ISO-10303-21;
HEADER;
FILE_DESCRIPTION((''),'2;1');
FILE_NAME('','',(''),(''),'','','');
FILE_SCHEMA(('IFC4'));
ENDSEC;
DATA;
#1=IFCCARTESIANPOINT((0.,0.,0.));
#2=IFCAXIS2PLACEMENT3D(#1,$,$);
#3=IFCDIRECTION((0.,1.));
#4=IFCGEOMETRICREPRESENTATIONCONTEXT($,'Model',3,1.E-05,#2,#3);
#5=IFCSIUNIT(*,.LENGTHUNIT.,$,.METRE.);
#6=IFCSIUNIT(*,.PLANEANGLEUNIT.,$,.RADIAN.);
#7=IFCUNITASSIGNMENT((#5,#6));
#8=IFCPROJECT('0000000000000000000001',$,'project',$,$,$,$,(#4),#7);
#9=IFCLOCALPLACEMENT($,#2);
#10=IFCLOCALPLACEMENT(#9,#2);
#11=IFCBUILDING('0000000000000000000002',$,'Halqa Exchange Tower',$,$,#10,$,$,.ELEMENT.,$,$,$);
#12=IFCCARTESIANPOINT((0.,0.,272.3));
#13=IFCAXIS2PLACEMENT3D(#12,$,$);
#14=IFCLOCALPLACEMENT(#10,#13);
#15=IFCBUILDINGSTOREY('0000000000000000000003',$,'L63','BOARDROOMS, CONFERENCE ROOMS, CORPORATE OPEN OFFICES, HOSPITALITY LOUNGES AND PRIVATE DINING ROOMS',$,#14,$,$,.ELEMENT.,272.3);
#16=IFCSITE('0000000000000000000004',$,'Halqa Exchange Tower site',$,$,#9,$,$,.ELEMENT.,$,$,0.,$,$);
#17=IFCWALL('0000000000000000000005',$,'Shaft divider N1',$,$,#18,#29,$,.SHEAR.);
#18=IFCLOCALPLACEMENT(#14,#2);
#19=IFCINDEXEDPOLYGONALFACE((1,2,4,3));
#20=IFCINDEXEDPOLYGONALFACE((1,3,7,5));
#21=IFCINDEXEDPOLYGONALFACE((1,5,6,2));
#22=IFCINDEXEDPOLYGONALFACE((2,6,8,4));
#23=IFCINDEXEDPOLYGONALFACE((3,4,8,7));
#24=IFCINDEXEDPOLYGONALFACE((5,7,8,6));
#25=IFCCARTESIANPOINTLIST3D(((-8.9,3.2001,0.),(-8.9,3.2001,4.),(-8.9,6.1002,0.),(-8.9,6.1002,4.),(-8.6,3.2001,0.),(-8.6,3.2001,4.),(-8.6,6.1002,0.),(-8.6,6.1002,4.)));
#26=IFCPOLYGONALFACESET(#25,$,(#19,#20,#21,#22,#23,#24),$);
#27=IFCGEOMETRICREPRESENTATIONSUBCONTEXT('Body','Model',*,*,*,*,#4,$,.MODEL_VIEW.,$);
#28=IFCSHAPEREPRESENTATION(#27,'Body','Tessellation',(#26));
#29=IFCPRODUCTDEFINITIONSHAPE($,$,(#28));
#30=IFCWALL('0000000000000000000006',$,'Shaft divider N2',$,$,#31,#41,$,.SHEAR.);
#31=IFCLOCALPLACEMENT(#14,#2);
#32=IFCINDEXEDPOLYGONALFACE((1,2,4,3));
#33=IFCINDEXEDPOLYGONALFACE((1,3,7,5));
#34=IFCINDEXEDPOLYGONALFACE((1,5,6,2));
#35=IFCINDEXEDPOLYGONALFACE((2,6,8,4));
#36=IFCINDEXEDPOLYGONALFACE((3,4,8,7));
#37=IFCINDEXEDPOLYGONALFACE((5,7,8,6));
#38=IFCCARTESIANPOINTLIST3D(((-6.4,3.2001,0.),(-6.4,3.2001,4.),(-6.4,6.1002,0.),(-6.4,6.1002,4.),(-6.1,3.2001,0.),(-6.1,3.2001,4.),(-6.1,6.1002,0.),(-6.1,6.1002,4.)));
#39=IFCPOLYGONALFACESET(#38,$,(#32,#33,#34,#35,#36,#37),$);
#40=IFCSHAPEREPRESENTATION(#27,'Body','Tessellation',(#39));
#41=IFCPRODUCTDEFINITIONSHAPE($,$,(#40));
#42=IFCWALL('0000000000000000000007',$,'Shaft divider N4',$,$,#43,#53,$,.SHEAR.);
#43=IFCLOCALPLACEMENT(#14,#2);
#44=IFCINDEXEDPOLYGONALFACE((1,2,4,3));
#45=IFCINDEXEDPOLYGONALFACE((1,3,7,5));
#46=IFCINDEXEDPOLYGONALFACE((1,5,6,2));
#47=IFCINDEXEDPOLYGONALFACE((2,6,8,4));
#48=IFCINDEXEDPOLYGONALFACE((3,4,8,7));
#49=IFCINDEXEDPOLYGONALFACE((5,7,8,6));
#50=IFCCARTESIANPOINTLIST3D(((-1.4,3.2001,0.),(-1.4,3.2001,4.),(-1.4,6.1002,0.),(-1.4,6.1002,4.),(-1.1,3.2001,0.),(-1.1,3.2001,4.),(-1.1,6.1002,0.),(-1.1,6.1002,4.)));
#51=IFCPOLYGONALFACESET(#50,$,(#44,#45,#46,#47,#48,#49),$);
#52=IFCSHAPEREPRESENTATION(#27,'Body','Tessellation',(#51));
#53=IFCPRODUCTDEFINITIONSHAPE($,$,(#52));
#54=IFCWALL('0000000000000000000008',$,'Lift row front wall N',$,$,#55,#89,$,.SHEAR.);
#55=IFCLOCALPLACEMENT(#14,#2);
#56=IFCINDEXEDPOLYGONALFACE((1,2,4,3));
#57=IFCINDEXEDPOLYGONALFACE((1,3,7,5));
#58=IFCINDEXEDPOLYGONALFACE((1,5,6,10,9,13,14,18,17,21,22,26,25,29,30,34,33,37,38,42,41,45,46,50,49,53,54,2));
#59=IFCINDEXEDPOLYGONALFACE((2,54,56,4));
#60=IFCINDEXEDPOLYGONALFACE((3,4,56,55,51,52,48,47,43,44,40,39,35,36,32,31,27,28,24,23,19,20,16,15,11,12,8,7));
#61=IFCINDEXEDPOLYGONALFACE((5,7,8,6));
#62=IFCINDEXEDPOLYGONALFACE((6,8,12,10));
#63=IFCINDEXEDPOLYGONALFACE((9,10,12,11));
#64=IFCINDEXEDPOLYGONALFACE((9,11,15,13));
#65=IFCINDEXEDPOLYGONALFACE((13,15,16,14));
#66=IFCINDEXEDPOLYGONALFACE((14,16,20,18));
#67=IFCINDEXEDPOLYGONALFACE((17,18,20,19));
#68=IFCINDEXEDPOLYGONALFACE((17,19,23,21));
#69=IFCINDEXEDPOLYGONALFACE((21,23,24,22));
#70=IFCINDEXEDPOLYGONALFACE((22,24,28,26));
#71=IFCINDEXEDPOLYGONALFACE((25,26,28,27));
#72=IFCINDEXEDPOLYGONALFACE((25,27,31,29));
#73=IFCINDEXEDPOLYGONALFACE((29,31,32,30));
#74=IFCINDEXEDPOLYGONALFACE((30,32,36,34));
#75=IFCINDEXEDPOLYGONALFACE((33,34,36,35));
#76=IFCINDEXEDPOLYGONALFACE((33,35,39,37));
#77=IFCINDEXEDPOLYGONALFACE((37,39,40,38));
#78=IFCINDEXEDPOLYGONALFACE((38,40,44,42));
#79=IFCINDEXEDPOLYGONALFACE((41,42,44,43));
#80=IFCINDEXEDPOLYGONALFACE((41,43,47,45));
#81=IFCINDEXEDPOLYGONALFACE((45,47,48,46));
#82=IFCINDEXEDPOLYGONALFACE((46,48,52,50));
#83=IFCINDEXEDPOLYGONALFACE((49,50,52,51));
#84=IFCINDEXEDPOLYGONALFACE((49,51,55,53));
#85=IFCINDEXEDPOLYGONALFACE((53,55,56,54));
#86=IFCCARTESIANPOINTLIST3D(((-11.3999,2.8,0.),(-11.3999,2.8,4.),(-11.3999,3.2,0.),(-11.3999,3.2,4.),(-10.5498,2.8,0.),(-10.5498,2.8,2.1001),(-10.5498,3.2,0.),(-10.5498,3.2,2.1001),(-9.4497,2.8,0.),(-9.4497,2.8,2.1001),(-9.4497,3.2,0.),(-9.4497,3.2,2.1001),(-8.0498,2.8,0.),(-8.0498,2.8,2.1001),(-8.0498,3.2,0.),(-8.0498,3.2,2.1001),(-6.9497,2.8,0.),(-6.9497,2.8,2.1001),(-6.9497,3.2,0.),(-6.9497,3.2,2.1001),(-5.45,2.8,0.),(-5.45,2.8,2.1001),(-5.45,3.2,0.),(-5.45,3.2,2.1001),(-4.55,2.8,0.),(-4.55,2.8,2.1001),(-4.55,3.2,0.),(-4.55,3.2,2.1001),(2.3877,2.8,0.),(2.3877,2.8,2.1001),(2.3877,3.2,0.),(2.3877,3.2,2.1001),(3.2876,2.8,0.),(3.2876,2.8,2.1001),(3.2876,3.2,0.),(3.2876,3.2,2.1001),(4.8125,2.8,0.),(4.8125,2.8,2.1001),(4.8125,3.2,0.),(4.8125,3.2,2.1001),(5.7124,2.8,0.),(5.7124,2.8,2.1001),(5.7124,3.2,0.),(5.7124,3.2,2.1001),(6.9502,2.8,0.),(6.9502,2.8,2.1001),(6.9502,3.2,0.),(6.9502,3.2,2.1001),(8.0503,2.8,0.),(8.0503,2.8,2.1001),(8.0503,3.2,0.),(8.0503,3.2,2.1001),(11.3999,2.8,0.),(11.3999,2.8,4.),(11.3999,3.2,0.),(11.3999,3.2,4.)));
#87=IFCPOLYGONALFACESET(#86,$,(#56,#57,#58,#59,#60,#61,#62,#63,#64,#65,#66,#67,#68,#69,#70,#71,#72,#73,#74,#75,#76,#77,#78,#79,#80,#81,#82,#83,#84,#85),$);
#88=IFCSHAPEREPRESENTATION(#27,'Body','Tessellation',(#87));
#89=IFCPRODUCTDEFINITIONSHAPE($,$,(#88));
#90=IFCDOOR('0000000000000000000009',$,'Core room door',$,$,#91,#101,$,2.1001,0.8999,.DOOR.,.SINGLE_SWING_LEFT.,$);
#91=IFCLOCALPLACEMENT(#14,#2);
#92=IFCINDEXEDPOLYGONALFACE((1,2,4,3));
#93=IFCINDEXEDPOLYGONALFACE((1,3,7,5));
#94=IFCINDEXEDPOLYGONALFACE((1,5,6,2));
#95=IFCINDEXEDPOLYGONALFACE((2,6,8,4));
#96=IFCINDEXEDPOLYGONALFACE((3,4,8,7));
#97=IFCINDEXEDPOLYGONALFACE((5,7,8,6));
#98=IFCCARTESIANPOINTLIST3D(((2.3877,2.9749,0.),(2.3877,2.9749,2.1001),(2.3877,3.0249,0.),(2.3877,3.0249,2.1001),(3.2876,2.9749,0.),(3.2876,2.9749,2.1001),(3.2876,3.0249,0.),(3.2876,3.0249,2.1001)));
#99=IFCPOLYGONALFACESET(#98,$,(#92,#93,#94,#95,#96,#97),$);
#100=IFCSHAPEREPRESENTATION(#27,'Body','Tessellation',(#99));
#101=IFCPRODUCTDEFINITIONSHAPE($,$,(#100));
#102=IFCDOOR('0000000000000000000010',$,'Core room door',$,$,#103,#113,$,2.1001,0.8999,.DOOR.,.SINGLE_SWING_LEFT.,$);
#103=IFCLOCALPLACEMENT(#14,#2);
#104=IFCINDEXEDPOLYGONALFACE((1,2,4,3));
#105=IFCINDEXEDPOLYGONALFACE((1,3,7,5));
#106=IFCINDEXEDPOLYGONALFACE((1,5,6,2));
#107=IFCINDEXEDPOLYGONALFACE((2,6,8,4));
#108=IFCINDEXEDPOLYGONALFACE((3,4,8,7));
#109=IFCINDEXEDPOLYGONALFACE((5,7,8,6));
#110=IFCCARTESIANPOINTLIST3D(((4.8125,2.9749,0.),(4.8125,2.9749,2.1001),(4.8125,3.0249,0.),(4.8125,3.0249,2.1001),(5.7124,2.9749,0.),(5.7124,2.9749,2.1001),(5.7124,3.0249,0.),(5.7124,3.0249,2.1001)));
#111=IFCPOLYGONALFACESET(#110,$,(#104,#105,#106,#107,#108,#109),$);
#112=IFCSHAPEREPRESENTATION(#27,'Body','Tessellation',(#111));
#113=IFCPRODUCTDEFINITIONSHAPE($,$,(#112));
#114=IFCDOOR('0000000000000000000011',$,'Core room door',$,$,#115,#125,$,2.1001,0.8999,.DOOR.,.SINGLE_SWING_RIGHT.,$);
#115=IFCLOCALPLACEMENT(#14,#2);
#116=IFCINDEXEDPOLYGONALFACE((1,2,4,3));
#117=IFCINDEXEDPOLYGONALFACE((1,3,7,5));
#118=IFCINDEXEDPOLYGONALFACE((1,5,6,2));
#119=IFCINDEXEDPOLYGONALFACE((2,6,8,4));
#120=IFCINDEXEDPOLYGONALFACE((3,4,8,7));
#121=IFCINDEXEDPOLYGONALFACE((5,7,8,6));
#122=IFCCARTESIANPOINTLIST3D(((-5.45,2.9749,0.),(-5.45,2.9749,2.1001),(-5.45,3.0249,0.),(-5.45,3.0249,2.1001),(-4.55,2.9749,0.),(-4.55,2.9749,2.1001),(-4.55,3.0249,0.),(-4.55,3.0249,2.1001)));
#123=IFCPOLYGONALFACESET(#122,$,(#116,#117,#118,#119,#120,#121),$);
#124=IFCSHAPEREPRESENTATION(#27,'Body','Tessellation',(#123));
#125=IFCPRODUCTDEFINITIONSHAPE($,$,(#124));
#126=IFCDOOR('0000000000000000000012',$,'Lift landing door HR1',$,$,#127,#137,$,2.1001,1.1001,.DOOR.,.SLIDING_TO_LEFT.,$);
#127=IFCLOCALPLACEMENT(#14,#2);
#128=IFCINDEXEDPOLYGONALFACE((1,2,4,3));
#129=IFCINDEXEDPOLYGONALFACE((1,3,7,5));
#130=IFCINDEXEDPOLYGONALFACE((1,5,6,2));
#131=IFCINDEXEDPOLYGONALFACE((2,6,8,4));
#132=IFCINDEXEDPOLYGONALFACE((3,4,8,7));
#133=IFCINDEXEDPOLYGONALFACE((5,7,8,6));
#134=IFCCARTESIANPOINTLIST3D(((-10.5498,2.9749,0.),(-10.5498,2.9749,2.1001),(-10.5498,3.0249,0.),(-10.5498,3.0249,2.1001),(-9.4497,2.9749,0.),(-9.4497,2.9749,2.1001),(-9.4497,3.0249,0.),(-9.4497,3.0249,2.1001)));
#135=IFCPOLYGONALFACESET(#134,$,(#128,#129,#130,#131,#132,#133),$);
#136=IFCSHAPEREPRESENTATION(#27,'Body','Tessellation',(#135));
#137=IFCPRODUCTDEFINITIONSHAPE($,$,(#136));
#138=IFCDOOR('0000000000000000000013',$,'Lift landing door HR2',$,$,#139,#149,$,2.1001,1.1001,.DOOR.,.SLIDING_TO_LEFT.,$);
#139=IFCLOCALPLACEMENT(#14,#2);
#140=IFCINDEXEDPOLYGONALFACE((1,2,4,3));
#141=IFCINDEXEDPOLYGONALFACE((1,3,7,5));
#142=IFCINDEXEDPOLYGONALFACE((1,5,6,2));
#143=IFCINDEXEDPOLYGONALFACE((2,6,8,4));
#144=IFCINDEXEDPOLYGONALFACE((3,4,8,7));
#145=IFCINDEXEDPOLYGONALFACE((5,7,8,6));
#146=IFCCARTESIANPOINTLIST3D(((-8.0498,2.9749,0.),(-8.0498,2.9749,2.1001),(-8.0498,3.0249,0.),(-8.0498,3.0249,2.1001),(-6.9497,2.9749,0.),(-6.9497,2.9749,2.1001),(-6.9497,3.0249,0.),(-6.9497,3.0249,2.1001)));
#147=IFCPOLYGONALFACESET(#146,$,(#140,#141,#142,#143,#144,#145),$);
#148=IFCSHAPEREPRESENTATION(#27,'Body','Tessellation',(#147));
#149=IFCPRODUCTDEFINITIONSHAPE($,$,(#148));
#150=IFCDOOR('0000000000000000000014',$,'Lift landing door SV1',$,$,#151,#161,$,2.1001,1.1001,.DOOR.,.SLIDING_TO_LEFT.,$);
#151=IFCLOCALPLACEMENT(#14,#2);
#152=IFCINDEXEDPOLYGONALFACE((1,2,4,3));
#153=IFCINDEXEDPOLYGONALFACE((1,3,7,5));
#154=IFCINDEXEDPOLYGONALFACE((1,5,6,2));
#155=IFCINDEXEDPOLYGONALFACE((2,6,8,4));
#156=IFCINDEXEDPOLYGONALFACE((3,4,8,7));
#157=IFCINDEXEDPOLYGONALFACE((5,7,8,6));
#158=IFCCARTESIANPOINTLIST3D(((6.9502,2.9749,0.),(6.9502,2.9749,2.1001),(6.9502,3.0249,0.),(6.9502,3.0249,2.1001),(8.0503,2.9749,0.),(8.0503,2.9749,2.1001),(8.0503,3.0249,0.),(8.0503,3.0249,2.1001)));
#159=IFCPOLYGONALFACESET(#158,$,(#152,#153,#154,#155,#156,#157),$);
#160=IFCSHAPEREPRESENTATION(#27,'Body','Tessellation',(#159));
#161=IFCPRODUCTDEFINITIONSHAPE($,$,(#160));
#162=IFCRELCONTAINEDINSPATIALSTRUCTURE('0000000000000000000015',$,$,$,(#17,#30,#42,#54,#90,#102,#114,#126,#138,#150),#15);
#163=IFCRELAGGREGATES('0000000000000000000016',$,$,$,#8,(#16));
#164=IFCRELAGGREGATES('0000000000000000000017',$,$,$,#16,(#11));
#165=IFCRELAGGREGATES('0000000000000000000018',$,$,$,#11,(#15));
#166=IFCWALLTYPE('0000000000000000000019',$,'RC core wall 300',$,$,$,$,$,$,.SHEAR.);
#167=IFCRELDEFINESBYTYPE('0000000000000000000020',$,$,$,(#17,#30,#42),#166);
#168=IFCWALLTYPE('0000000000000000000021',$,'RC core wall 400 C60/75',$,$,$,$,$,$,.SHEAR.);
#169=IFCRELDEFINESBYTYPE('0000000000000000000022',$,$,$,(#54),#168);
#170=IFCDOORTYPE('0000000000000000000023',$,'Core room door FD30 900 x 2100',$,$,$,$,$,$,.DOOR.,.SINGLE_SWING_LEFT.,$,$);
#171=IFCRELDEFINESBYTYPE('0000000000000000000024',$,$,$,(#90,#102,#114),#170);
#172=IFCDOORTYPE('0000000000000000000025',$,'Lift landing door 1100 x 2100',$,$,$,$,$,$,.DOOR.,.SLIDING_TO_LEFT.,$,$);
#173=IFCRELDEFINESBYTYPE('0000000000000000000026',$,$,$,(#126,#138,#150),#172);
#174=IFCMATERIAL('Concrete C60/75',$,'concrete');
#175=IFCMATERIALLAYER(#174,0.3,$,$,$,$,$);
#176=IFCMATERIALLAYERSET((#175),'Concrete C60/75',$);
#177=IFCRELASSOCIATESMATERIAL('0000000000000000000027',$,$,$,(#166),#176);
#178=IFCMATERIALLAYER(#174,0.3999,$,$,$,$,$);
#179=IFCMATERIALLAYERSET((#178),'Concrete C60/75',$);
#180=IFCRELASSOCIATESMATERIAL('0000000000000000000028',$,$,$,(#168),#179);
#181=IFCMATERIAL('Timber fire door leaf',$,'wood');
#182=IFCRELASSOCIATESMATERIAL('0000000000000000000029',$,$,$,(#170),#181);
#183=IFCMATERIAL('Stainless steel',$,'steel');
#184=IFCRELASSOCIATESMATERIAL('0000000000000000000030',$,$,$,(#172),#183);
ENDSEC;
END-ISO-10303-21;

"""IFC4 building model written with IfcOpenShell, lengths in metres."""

from ifc_helpers import new_model, si_unit, direction, frame, frame_2d, origin, place, context, subcontext, project, spatial, rectangle, extrude, material, layer, layer_set, type_object, element, fill, save


model = new_model("IFC4")

# Units and contexts
model_context = context("Model", 3, precision=1e-05, world=origin(), true_north=direction((0.0, 1.0)))
body_context = subcontext(model_context, "Body", "Model", "MODEL_VIEW")
ifc_project = project(units=[si_unit("LENGTHUNIT", "METRE"), si_unit("PLANEANGLEUNIT", "RADIAN")], contexts=[model_context])

# Site, building, storey
site_placement = place(None, origin())
site = spatial("IfcSite", under=ifc_project, at=site_placement, Name="Halqa Exchange Tower site", CompositionType="ELEMENT", RefElevation=0.0)
building_placement = place(site_placement, origin())
building = spatial("IfcBuilding", under=site, at=building_placement, Name="Halqa Exchange Tower", CompositionType="ELEMENT")
storey_placement = place(building_placement, frame((0.0, 0.0, 272.3)))
storey = spatial("IfcBuildingStorey", under=building, at=storey_placement, Name="L63", Description="BOARDROOMS, CONFERENCE ROOMS, CORPORATE OPEN OFFICES, HOSPITALITY LOUNGES AND PRIVATE DINING ROOMS", CompositionType="ELEMENT", Elevation=272.3)

# Walls
ifc_material_1 = material(Name="Concrete C60/75", Category="concrete")
ifc_layer_1 = layer(ifc_material_1, 0.3)
ifc_layer_set_1 = layer_set([ifc_layer_1], Name="Concrete C60/75")
wall_type_1 = type_object("IfcWallType", Name="RC core wall 300", PredefinedType="SHEAR", material=ifc_layer_set_1)
for number, where, z_axis, x_axis, name in (
    (1, (-8.75, 3.2, 0.0), (0.0, 0.0, 1.0), (0.0, 1.0, 0.0), "Shaft divider N1"),
    (2, (-6.25, 3.2, 0.0), (0.0, 0.0, 1.0), (0.0, 1.0, 0.0), "Shaft divider N2"),
    (3, (-1.25, 3.2, 0.0), (0.0, 0.0, 1.0), (0.0, 1.0, 0.0), "Shaft divider N4"),
):
    element("IfcWall", number, at=place(storey_placement, frame(where, z_axis=z_axis, x_axis=x_axis)), inside=storey, type_object=wall_type_1, Name=name, PredefinedType="SHEAR", context=body_context, shape_type="SweptSolid", body=[
        extrude(rectangle(XDim=2.9001, YDim=0.3, at=frame_2d((1.4502, 0.0))), origin(), (0.0, 0.0, 1.0), 4.0),
    ])

# Wall, openings, doors
ifc_layer_2 = layer(ifc_material_1, 0.3999)
ifc_layer_set_2 = layer_set([ifc_layer_2], Name="Concrete C60/75")
wall_type_2 = type_object("IfcWallType", Name="RC core wall 400 C60/75", PredefinedType="SHEAR", material=ifc_layer_set_2)
wall_1_placement = place(storey_placement, frame((-11.3999, 3.0, 0.0), z_axis=(0.0, 0.0, 1.0), x_axis=(1.0, 0.0, 0.0)))
wall_1 = element("IfcWall", 4, at=wall_1_placement, inside=storey, type_object=wall_type_2, Name="Lift row front wall N", PredefinedType="SHEAR", context=body_context, shape_type="SweptSolid", body=[
    extrude(rectangle(XDim=22.7998, YDim=0.3999, at=frame_2d((11.3999, 0.0))), origin(), (0.0, 0.0, 1.0), 4.0),
])
opening_1_placement = place(wall_1_placement, frame((0.8501, 0.0, 0.0)))
opening_1 = element("IfcOpeningElement", 5, at=opening_1_placement, cuts=wall_1, PredefinedType="OPENING", context=body_context, shape_type="SweptSolid", body=[
    extrude(rectangle(XDim=1.1001, YDim=2.1001, at=frame_2d((0.55, 1.05))), frame((0.0, 0.2119, 0.0), z_axis=(0.0, -1.0, 0.0), x_axis=(1.0, 0.0, 0.0)), (0.0, 0.0, 1.0), 0.4238),
])
opening_2_placement = place(wall_1_placement, frame((3.3501, 0.0, 0.0)))
opening_2 = element("IfcOpeningElement", 6, at=opening_2_placement, cuts=wall_1, PredefinedType="OPENING", context=body_context, shape_type="SweptSolid", body=[
    extrude(rectangle(XDim=1.1001, YDim=2.1001, at=frame_2d((0.55, 1.05))), frame((0.0, 0.2119, 0.0), z_axis=(0.0, -1.0, 0.0), x_axis=(1.0, 0.0, 0.0)), (0.0, 0.0, 1.0), 0.4238),
])
opening_3_placement = place(wall_1_placement, frame((18.3501, 0.0, 0.0)))
opening_3 = element("IfcOpeningElement", 7, at=opening_3_placement, cuts=wall_1, PredefinedType="OPENING", context=body_context, shape_type="SweptSolid", body=[
    extrude(rectangle(XDim=1.1001, YDim=2.1001, at=frame_2d((0.55, 1.05))), frame((0.0, 0.2119, 0.0), z_axis=(0.0, -1.0, 0.0), x_axis=(1.0, 0.0, 0.0)), (0.0, 0.0, 1.0), 0.4238),
])
opening_4_placement = place(wall_1_placement, frame((13.7876, 0.0, 0.0)))
opening_4 = element("IfcOpeningElement", 8, at=opening_4_placement, cuts=wall_1, PredefinedType="OPENING", context=body_context, shape_type="SweptSolid", body=[
    extrude(rectangle(XDim=0.8999, YDim=2.1001, at=frame_2d((0.45, 1.05))), frame((0.0, 0.2119, 0.0), z_axis=(0.0, -1.0, 0.0), x_axis=(1.0, 0.0, 0.0)), (0.0, 0.0, 1.0), 0.4238),
])
opening_5_placement = place(wall_1_placement, frame((16.2124, 0.0, 0.0)))
opening_5 = element("IfcOpeningElement", 9, at=opening_5_placement, cuts=wall_1, PredefinedType="OPENING", context=body_context, shape_type="SweptSolid", body=[
    extrude(rectangle(XDim=0.8999, YDim=2.1001, at=frame_2d((0.45, 1.05))), frame((0.0, 0.2119, 0.0), z_axis=(0.0, -1.0, 0.0), x_axis=(1.0, 0.0, 0.0)), (0.0, 0.0, 1.0), 0.4238),
])
opening_6_placement = place(wall_1_placement, frame((5.95, 0.0, 0.0)))
opening_6 = element("IfcOpeningElement", 10, at=opening_6_placement, cuts=wall_1, PredefinedType="OPENING", context=body_context, shape_type="SweptSolid", body=[
    extrude(rectangle(XDim=0.8999, YDim=2.1001, at=frame_2d((0.45, 1.05))), frame((0.0, 0.2119, 0.0), z_axis=(0.0, -1.0, 0.0), x_axis=(1.0, 0.0, 0.0)), (0.0, 0.0, 1.0), 0.4238),
])
ifc_material_2 = material(Name="Timber fire door leaf", Category="wood")
door_type_1 = type_object("IfcDoorType", Name="Core room door FD30 900 x 2100", OperationType="SINGLE_SWING_LEFT", PredefinedType="DOOR", material=ifc_material_2)
door_1_placement = place(opening_4_placement, origin())
door_1 = element("IfcDoor", 11, at=door_1_placement, inside=storey, type_object=door_type_1, Name="Core room door", OperationType="SINGLE_SWING_LEFT", OverallHeight=2.1001, OverallWidth=0.8999, PredefinedType="DOOR", context=body_context, shape_type="SweptSolid", body=[
    extrude(rectangle(XDim=0.8999, YDim=2.1001, at=frame_2d((0.45, 1.05))), frame((0.0, 0.0249, 0.0), z_axis=(0.0, -1.0, 0.0), x_axis=(1.0, 0.0, 0.0)), (0.0, 0.0, 1.0), 0.05),
])
fill(opening_4, door_1)
door_2_placement = place(opening_5_placement, origin())
door_2 = element("IfcDoor", 12, at=door_2_placement, inside=storey, type_object=door_type_1, Name="Core room door", OperationType="SINGLE_SWING_LEFT", OverallHeight=2.1001, OverallWidth=0.8999, PredefinedType="DOOR", context=body_context, shape_type="SweptSolid", body=[
    extrude(rectangle(XDim=0.8999, YDim=2.1001, at=frame_2d((0.45, 1.05))), frame((0.0, 0.0249, 0.0), z_axis=(0.0, -1.0, 0.0), x_axis=(1.0, 0.0, 0.0)), (0.0, 0.0, 1.0), 0.05),
])
fill(opening_5, door_2)
door_3_placement = place(opening_6_placement, origin())
door_3 = element("IfcDoor", 13, at=door_3_placement, inside=storey, type_object=door_type_1, Name="Core room door", OperationType="SINGLE_SWING_RIGHT", OverallHeight=2.1001, OverallWidth=0.8999, PredefinedType="DOOR", context=body_context, shape_type="SweptSolid", body=[
    extrude(rectangle(XDim=0.8999, YDim=2.1001, at=frame_2d((0.45, 1.05))), frame((0.0, 0.0249, 0.0), z_axis=(0.0, -1.0, 0.0), x_axis=(1.0, 0.0, 0.0)), (0.0, 0.0, 1.0), 0.05),
])
fill(opening_6, door_3)
ifc_material_3 = material(Name="Stainless steel", Category="steel")
door_type_2 = type_object("IfcDoorType", Name="Lift landing door 1100 x 2100", OperationType="SLIDING_TO_LEFT", PredefinedType="DOOR", material=ifc_material_3)
door_4_placement = place(opening_1_placement, origin())
door_4 = element("IfcDoor", 14, at=door_4_placement, inside=storey, type_object=door_type_2, Name="Lift landing door HR1", OperationType="SLIDING_TO_LEFT", OverallHeight=2.1001, OverallWidth=1.1001, PredefinedType="DOOR", context=body_context, shape_type="SweptSolid", body=[
    extrude(rectangle(XDim=1.1001, YDim=2.1001, at=frame_2d((0.55, 1.05))), frame((0.0, 0.0249, 0.0), z_axis=(0.0, -1.0, 0.0), x_axis=(1.0, 0.0, 0.0)), (0.0, 0.0, 1.0), 0.05),
])
fill(opening_1, door_4)
door_5_placement = place(opening_2_placement, origin())
door_5 = element("IfcDoor", 15, at=door_5_placement, inside=storey, type_object=door_type_2, Name="Lift landing door HR2", OperationType="SLIDING_TO_LEFT", OverallHeight=2.1001, OverallWidth=1.1001, PredefinedType="DOOR", context=body_context, shape_type="SweptSolid", body=[
    extrude(rectangle(XDim=1.1001, YDim=2.1001, at=frame_2d((0.55, 1.05))), frame((0.0, 0.0249, 0.0), z_axis=(0.0, -1.0, 0.0), x_axis=(1.0, 0.0, 0.0)), (0.0, 0.0, 1.0), 0.05),
])
fill(opening_2, door_5)
door_6_placement = place(opening_3_placement, origin())
door_6 = element("IfcDoor", 16, at=door_6_placement, inside=storey, type_object=door_type_2, Name="Lift landing door SV1", OperationType="SLIDING_TO_LEFT", OverallHeight=2.1001, OverallWidth=1.1001, PredefinedType="DOOR", context=body_context, shape_type="SweptSolid", body=[
    extrude(rectangle(XDim=1.1001, YDim=2.1001, at=frame_2d((0.55, 1.05))), frame((0.0, 0.0249, 0.0), z_axis=(0.0, -1.0, 0.0), x_axis=(1.0, 0.0, 0.0)), (0.0, 0.0, 1.0), 0.05),
])
fill(opening_3, door_6)

save(model, "model.ifc")
